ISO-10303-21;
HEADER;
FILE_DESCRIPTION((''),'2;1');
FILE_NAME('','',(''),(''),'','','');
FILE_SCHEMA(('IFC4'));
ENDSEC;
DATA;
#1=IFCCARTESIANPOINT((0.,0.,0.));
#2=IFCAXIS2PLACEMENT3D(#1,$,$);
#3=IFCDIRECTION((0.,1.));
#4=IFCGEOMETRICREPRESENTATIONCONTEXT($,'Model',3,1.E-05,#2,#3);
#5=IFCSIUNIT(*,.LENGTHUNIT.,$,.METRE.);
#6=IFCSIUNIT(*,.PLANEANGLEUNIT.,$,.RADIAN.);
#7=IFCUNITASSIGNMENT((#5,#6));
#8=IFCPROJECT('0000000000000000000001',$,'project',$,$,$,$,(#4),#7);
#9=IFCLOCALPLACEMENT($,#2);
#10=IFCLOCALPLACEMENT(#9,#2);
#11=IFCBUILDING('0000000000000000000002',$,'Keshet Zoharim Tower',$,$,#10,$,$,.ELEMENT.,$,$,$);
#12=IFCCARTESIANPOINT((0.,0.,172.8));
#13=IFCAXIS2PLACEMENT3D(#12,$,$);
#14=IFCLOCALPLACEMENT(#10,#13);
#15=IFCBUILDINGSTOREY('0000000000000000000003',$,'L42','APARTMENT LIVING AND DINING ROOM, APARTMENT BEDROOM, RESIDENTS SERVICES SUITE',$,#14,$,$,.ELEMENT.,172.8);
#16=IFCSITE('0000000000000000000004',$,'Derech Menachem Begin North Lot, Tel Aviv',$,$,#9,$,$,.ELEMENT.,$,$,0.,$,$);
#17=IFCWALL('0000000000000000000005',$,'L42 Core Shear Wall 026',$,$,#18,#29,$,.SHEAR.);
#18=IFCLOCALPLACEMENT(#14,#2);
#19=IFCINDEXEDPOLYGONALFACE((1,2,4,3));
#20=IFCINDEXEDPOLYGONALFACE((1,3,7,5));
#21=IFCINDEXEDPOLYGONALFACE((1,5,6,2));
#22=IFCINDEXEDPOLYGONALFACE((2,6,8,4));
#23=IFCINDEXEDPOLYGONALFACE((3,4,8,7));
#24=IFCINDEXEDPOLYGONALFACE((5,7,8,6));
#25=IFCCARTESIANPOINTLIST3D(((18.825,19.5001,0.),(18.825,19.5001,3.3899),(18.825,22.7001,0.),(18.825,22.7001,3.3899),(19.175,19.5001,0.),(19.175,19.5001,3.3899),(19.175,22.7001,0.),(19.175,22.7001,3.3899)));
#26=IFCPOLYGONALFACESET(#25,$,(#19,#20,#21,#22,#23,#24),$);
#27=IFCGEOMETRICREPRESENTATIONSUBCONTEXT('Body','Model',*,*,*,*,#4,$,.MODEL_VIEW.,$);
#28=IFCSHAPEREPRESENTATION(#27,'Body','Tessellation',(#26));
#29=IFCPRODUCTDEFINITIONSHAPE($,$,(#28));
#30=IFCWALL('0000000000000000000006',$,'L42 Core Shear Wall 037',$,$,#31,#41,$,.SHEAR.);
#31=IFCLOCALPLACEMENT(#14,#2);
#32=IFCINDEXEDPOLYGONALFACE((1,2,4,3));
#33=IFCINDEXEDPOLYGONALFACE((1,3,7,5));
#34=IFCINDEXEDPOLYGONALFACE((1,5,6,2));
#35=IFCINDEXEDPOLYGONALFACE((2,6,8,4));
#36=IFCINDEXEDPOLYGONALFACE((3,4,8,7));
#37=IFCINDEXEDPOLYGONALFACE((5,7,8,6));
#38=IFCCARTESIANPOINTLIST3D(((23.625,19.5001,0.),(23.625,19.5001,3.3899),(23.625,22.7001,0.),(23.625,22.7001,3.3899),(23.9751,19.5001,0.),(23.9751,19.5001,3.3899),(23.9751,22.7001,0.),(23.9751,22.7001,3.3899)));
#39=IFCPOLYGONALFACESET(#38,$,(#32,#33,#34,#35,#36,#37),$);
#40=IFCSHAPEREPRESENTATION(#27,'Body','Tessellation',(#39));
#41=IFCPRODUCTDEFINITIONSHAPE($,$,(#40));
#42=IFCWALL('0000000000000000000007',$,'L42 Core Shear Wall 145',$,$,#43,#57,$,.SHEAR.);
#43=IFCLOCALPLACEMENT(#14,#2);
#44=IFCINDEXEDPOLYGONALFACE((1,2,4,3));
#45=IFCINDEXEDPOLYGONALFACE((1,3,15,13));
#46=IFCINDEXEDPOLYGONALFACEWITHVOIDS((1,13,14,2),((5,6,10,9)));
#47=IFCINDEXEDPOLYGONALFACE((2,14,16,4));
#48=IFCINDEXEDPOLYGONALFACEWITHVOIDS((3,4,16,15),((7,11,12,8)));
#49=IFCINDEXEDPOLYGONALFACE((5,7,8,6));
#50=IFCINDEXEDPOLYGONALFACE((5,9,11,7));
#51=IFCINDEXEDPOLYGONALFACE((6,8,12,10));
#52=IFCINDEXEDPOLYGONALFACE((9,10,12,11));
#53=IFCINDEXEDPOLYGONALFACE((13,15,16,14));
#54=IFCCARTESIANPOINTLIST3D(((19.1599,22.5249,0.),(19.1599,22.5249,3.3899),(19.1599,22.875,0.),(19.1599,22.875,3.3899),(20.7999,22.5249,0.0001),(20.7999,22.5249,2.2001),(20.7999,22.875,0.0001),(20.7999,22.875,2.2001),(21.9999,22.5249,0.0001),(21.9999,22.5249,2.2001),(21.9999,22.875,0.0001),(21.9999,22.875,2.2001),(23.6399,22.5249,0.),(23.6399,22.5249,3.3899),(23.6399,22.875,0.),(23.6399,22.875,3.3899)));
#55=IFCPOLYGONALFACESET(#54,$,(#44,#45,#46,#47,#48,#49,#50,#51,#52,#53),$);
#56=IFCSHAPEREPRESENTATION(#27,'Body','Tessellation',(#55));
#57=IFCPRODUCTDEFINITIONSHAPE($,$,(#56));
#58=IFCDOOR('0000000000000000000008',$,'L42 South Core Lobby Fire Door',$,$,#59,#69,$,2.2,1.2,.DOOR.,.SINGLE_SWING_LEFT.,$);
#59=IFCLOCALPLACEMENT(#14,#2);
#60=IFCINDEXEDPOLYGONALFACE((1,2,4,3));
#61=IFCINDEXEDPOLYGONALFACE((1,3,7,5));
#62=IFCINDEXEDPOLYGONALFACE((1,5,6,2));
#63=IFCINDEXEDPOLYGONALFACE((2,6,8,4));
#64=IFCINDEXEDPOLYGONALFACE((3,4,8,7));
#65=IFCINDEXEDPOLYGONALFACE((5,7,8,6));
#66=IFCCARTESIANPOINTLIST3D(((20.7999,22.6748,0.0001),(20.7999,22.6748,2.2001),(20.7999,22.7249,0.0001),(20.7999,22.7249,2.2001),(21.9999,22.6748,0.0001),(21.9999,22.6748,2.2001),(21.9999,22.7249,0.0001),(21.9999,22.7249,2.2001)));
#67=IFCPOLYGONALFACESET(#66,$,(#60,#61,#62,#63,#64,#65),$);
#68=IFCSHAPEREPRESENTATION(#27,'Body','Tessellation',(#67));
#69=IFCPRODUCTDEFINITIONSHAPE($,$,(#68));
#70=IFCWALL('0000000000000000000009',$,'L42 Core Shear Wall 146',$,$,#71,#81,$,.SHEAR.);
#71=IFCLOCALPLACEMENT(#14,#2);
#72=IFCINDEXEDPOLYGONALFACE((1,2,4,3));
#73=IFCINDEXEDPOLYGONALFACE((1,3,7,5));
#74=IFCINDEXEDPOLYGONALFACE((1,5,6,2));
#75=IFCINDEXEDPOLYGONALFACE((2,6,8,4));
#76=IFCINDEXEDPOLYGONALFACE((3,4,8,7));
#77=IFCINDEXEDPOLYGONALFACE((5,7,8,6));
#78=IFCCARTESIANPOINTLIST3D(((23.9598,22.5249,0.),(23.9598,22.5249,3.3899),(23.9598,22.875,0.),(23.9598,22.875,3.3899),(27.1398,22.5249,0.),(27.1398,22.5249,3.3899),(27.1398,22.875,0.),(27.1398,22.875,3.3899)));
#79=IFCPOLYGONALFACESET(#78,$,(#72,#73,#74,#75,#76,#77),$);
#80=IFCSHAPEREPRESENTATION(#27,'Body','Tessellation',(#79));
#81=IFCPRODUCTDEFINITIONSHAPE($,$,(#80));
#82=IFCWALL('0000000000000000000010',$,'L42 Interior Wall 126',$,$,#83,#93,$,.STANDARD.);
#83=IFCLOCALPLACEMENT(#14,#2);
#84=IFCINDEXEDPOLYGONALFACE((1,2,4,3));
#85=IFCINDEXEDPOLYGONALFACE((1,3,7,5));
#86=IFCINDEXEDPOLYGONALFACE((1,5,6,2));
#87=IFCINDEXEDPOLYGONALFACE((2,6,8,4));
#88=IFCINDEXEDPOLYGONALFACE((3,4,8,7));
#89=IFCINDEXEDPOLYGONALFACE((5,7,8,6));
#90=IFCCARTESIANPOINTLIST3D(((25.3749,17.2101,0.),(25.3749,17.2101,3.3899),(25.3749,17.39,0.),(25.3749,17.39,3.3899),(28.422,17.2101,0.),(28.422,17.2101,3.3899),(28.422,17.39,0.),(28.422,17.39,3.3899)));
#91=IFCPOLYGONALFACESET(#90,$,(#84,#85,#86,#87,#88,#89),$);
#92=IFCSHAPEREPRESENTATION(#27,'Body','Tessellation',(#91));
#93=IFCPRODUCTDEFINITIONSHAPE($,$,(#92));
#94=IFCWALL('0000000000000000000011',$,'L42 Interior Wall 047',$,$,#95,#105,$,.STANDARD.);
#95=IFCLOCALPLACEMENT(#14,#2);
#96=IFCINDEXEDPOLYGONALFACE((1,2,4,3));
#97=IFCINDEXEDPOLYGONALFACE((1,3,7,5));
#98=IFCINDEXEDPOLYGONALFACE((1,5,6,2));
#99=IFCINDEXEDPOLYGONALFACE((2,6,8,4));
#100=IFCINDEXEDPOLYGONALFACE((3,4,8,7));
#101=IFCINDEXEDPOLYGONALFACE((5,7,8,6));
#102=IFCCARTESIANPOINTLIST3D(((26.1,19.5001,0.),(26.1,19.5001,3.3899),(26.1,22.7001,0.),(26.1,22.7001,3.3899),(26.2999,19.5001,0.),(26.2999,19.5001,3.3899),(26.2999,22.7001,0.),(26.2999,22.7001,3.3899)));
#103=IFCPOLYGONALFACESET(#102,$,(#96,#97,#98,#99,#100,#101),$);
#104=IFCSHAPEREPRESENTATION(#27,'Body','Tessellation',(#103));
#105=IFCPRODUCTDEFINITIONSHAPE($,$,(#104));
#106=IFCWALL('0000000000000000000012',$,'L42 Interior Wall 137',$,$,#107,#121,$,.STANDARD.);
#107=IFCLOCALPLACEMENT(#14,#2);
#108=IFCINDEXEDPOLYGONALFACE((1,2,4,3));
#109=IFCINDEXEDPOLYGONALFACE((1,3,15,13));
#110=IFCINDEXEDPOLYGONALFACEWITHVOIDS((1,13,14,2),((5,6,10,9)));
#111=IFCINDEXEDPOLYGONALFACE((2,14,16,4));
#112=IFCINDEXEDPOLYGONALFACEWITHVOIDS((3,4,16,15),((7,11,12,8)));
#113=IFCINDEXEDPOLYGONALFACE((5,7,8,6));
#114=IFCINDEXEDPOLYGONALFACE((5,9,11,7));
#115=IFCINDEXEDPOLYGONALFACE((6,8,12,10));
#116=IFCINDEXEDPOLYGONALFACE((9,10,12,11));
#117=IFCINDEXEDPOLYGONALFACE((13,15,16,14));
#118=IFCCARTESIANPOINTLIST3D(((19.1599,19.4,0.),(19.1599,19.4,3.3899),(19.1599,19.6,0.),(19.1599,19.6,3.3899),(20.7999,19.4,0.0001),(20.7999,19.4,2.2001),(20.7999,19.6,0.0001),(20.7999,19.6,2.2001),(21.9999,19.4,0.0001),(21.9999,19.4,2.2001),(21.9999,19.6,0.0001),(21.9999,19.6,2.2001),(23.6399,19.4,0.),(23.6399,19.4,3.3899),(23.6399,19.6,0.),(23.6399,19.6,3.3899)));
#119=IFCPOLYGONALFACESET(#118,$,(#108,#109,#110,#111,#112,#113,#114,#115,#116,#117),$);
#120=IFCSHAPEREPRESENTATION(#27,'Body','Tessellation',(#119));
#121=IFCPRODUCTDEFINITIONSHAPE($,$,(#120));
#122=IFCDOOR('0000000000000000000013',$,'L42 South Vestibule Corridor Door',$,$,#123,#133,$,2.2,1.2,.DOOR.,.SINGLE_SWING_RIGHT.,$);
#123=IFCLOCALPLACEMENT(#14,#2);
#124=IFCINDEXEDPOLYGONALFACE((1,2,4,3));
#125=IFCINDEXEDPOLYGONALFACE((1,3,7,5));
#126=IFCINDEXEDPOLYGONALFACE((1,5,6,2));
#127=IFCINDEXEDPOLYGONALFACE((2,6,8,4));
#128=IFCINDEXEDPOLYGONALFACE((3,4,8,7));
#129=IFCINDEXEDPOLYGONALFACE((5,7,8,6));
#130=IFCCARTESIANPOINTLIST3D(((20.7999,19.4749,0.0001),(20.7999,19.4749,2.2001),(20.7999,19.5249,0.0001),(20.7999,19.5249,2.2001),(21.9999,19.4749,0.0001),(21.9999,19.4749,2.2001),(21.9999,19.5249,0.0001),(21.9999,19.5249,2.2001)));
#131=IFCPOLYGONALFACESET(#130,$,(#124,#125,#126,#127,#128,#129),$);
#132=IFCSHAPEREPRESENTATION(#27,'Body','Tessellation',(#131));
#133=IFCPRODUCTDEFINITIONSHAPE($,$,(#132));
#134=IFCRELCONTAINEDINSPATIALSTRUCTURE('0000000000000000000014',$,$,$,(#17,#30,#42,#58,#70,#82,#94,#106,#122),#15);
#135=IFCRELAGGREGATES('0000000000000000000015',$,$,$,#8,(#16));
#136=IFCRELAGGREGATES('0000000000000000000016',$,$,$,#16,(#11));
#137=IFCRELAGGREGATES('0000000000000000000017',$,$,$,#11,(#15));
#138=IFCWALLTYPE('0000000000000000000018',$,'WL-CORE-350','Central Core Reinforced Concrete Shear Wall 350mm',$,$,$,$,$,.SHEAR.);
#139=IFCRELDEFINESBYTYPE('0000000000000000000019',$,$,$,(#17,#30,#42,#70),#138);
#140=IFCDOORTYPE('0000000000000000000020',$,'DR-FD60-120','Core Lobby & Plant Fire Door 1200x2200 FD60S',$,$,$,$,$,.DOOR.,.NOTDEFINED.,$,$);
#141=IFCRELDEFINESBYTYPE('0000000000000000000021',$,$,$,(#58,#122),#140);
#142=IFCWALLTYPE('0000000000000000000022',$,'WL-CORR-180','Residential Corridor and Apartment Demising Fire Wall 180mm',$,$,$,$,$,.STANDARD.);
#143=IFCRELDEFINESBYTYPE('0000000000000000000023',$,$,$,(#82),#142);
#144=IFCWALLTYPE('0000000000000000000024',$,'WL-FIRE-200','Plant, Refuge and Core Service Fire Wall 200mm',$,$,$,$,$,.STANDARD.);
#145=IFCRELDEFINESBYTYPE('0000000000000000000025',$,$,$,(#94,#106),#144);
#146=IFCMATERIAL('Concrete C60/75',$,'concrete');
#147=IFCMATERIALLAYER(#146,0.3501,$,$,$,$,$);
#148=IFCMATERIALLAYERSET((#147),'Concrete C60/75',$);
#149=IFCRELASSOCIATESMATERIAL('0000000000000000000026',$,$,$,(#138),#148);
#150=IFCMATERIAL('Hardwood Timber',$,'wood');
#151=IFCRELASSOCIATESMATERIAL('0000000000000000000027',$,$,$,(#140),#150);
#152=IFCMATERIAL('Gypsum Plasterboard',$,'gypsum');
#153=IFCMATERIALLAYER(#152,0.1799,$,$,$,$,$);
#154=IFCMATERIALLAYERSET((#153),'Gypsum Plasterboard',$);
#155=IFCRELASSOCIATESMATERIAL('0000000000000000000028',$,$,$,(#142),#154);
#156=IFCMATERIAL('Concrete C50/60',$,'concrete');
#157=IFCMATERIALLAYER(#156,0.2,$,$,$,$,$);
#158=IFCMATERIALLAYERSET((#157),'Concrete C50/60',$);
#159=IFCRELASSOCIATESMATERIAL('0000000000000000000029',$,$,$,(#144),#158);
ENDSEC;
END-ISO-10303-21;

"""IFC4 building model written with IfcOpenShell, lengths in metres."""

from ifc_helpers import new_model, si_unit, direction, frame, frame_2d, origin, place, context, subcontext, project, spatial, rectangle, extrude, material, layer, layer_set, type_object, element, fill, save


model = new_model("IFC4")

# Units and contexts
model_context = context("Model", 3, precision=1e-05, world=origin(), true_north=direction((0.0, 1.0)))
body_context = subcontext(model_context, "Body", "Model", "MODEL_VIEW")
ifc_project = project(units=[si_unit("LENGTHUNIT", "METRE"), si_unit("PLANEANGLEUNIT", "RADIAN")], contexts=[model_context])

# Site, building, storey
site_placement = place(None, origin())
site = spatial("IfcSite", under=ifc_project, at=site_placement, Name="Derech Menachem Begin North Lot, Tel Aviv", CompositionType="ELEMENT", RefElevation=0.0)
building_placement = place(site_placement, origin())
building = spatial("IfcBuilding", under=site, at=building_placement, Name="Keshet Zoharim Tower", CompositionType="ELEMENT")
storey_placement = place(building_placement, frame((0.0, 0.0, 172.8)))
storey = spatial("IfcBuildingStorey", under=building, at=storey_placement, Name="L42", Description="APARTMENT LIVING AND DINING ROOM, APARTMENT BEDROOM, RESIDENTS SERVICES SUITE", CompositionType="ELEMENT", Elevation=172.8)

# Wall
ifc_material_1 = material(Name="Concrete C60/75", Category="concrete")
ifc_layer_1 = layer(ifc_material_1, 0.3501)
ifc_layer_set_1 = layer_set([ifc_layer_1], Name="Concrete C60/75")
wall_type_1 = type_object("IfcWallType", Name="WL-CORE-350", Description="Central Core Reinforced Concrete Shear Wall 350mm", PredefinedType="SHEAR", material=ifc_layer_set_1)
wall_1_placement = place(storey_placement, frame((19.0, 19.5, 0.0), z_axis=(0.0, 0.0, 1.0), x_axis=(0.0, 1.0, 0.0)))
element("IfcWall", 1, at=wall_1_placement, inside=storey, type_object=wall_type_1, Name="L42 Core Shear Wall 026", PredefinedType="SHEAR", context=body_context, shape_type="SweptSolid", body=[
    extrude(rectangle(XDim=3.2, YDim=0.3501, at=frame_2d((1.6001, 0.0))), origin(), (0.0, 0.0, 1.0), 3.3899),
])

# Shared definitions
ifc_material_2 = material(Name="Hardwood Timber", Category="wood")

# Wall
wall_2_placement = place(storey_placement, frame((23.8, 19.5, 0.0), z_axis=(0.0, 0.0, 1.0), x_axis=(0.0, 1.0, 0.0)))
element("IfcWall", 2, at=wall_2_placement, inside=storey, type_object=wall_type_1, Name="L42 Core Shear Wall 037", PredefinedType="SHEAR", context=body_context, shape_type="SweptSolid", body=[
    extrude(rectangle(XDim=3.2, YDim=0.3501, at=frame_2d((1.6001, 0.0))), origin(), (0.0, 0.0, 1.0), 3.3899),
])

# Wall, opening, door
wall_3_placement = place(storey_placement, frame((19.1599, 22.7, 0.0), z_axis=(0.0, 0.0, 1.0), x_axis=(1.0, 0.0, 0.0)))
wall_3 = element("IfcWall", 3, at=wall_3_placement, inside=storey, type_object=wall_type_1, Name="L42 Core Shear Wall 145", PredefinedType="SHEAR", context=body_context, shape_type="SweptSolid", body=[
    extrude(rectangle(XDim=4.48, YDim=0.3501, at=frame_2d((2.24, 0.0))), origin(), (0.0, 0.0, 1.0), 3.3899),
])
opening_1_placement = place(wall_3_placement, frame((1.6399, 0.0, 0.0)))
opening_1 = element("IfcOpeningElement", 4, at=opening_1_placement, cuts=wall_3, PredefinedType="OPENING", context=body_context, shape_type="SweptSolid", body=[
    extrude(rectangle(XDim=1.2, YDim=2.2, at=frame_2d((0.6001, 1.1001))), frame((0.0, 0.1851, 0.0), z_axis=(0.0, -1.0, 0.0), x_axis=(1.0, 0.0, 0.0)), (0.0, 0.0, 1.0), 0.3701),
])
door_type_1 = type_object("IfcDoorType", Name="DR-FD60-120", Description="Core Lobby & Plant Fire Door 1200x2200 FD60S", OperationType="NOTDEFINED", PredefinedType="DOOR", material=ifc_material_2)
door_1_placement = place(opening_1_placement, origin())
door_1 = element("IfcDoor", 5, at=door_1_placement, inside=storey, type_object=door_type_1, Name="L42 South Core Lobby Fire Door", OperationType="SINGLE_SWING_LEFT", OverallHeight=2.2, OverallWidth=1.2, PredefinedType="DOOR", context=body_context, shape_type="SweptSolid", body=[
    extrude(rectangle(XDim=1.2, YDim=2.2, at=frame_2d((0.6001, 1.1001))), frame((0.0, 0.0249, 0.0), z_axis=(0.0, -1.0, 0.0), x_axis=(1.0, 0.0, 0.0)), (0.0, 0.0, 1.0), 0.05),
])
fill(opening_1, door_1)

# Wall
wall_4_placement = place(storey_placement, frame((23.96, 22.7, 0.0), z_axis=(0.0, 0.0, 1.0), x_axis=(1.0, 0.0, 0.0)))
element("IfcWall", 6, at=wall_4_placement, inside=storey, type_object=wall_type_1, Name="L42 Core Shear Wall 146", PredefinedType="SHEAR", context=body_context, shape_type="SweptSolid", body=[
    extrude(rectangle(XDim=3.1799, YDim=0.3501, at=frame_2d((1.5898, 0.0))), origin(), (0.0, 0.0, 1.0), 3.3899),
])

# Shared definitions
ifc_material_3 = material(Name="Gypsum Plasterboard", Category="gypsum")
ifc_layer_2 = layer(ifc_material_3, 0.1799)
ifc_layer_set_2 = layer_set([ifc_layer_2], Name="Gypsum Plasterboard")
wall_type_2 = type_object("IfcWallType", Name="WL-CORR-180", Description="Residential Corridor and Apartment Demising Fire Wall 180mm", PredefinedType="STANDARD", material=ifc_layer_set_2)

# Walls
wall_5_placement = place(storey_placement, frame((25.375, 17.3, 0.0), z_axis=(0.0, 0.0, 1.0), x_axis=(1.0, 0.0, 0.0)))
element("IfcWall", 7, at=wall_5_placement, inside=storey, type_object=wall_type_2, Name="L42 Interior Wall 126", PredefinedType="STANDARD", context=body_context, shape_type="SweptSolid", body=[
    extrude(rectangle(XDim=3.0471, YDim=0.1799, at=frame_2d((1.5234, 0.0))), origin(), (0.0, 0.0, 1.0), 3.3899),
])
ifc_material_4 = material(Name="Concrete C50/60", Category="concrete")
ifc_layer_3 = layer(ifc_material_4, 0.2)
ifc_layer_set_3 = layer_set([ifc_layer_3], Name="Concrete C50/60")
wall_type_3 = type_object("IfcWallType", Name="WL-FIRE-200", Description="Plant, Refuge and Core Service Fire Wall 200mm", PredefinedType="STANDARD", material=ifc_layer_set_3)
wall_6_placement = place(storey_placement, frame((26.2, 19.5, 0.0), z_axis=(0.0, 0.0, 1.0), x_axis=(0.0, 1.0, 0.0)))
element("IfcWall", 8, at=wall_6_placement, inside=storey, type_object=wall_type_3, Name="L42 Interior Wall 047", PredefinedType="STANDARD", context=body_context, shape_type="SweptSolid", body=[
    extrude(rectangle(XDim=3.2, YDim=0.2, at=frame_2d((1.6001, 0.0))), origin(), (0.0, 0.0, 1.0), 3.3899),
])

# Wall, opening, door
wall_7_placement = place(storey_placement, frame((19.1599, 19.5, 0.0), z_axis=(0.0, 0.0, 1.0), x_axis=(1.0, 0.0, 0.0)))
wall_7 = element("IfcWall", 9, at=wall_7_placement, inside=storey, type_object=wall_type_3, Name="L42 Interior Wall 137", PredefinedType="STANDARD", context=body_context, shape_type="SweptSolid", body=[
    extrude(rectangle(XDim=4.48, YDim=0.2, at=frame_2d((2.24, 0.0))), origin(), (0.0, 0.0, 1.0), 3.3899),
])
opening_2_placement = place(wall_7_placement, frame((1.6399, 0.0, 0.0)))
opening_2 = element("IfcOpeningElement", 10, at=opening_2_placement, cuts=wall_7, PredefinedType="OPENING", context=body_context, shape_type="SweptSolid", body=[
    extrude(rectangle(XDim=1.2, YDim=2.2, at=frame_2d((0.6001, 1.1001))), frame((0.0, 0.1099, 0.0), z_axis=(0.0, -1.0, 0.0), x_axis=(1.0, 0.0, 0.0)), (0.0, 0.0, 1.0), 0.22),
])
door_2_placement = place(opening_2_placement, origin())
door_2 = element("IfcDoor", 11, at=door_2_placement, inside=storey, type_object=door_type_1, Name="L42 South Vestibule Corridor Door", OperationType="SINGLE_SWING_RIGHT", OverallHeight=2.2, OverallWidth=1.2, PredefinedType="DOOR", context=body_context, shape_type="SweptSolid", body=[
    extrude(rectangle(XDim=1.2, YDim=2.2, at=frame_2d((0.6001, 1.1001))), frame((0.0, 0.0249, 0.0), z_axis=(0.0, -1.0, 0.0), x_axis=(1.0, 0.0, 0.0)), (0.0, 0.0, 1.0), 0.05),
])
fill(opening_2, door_2)

save(model, "model.ifc")
